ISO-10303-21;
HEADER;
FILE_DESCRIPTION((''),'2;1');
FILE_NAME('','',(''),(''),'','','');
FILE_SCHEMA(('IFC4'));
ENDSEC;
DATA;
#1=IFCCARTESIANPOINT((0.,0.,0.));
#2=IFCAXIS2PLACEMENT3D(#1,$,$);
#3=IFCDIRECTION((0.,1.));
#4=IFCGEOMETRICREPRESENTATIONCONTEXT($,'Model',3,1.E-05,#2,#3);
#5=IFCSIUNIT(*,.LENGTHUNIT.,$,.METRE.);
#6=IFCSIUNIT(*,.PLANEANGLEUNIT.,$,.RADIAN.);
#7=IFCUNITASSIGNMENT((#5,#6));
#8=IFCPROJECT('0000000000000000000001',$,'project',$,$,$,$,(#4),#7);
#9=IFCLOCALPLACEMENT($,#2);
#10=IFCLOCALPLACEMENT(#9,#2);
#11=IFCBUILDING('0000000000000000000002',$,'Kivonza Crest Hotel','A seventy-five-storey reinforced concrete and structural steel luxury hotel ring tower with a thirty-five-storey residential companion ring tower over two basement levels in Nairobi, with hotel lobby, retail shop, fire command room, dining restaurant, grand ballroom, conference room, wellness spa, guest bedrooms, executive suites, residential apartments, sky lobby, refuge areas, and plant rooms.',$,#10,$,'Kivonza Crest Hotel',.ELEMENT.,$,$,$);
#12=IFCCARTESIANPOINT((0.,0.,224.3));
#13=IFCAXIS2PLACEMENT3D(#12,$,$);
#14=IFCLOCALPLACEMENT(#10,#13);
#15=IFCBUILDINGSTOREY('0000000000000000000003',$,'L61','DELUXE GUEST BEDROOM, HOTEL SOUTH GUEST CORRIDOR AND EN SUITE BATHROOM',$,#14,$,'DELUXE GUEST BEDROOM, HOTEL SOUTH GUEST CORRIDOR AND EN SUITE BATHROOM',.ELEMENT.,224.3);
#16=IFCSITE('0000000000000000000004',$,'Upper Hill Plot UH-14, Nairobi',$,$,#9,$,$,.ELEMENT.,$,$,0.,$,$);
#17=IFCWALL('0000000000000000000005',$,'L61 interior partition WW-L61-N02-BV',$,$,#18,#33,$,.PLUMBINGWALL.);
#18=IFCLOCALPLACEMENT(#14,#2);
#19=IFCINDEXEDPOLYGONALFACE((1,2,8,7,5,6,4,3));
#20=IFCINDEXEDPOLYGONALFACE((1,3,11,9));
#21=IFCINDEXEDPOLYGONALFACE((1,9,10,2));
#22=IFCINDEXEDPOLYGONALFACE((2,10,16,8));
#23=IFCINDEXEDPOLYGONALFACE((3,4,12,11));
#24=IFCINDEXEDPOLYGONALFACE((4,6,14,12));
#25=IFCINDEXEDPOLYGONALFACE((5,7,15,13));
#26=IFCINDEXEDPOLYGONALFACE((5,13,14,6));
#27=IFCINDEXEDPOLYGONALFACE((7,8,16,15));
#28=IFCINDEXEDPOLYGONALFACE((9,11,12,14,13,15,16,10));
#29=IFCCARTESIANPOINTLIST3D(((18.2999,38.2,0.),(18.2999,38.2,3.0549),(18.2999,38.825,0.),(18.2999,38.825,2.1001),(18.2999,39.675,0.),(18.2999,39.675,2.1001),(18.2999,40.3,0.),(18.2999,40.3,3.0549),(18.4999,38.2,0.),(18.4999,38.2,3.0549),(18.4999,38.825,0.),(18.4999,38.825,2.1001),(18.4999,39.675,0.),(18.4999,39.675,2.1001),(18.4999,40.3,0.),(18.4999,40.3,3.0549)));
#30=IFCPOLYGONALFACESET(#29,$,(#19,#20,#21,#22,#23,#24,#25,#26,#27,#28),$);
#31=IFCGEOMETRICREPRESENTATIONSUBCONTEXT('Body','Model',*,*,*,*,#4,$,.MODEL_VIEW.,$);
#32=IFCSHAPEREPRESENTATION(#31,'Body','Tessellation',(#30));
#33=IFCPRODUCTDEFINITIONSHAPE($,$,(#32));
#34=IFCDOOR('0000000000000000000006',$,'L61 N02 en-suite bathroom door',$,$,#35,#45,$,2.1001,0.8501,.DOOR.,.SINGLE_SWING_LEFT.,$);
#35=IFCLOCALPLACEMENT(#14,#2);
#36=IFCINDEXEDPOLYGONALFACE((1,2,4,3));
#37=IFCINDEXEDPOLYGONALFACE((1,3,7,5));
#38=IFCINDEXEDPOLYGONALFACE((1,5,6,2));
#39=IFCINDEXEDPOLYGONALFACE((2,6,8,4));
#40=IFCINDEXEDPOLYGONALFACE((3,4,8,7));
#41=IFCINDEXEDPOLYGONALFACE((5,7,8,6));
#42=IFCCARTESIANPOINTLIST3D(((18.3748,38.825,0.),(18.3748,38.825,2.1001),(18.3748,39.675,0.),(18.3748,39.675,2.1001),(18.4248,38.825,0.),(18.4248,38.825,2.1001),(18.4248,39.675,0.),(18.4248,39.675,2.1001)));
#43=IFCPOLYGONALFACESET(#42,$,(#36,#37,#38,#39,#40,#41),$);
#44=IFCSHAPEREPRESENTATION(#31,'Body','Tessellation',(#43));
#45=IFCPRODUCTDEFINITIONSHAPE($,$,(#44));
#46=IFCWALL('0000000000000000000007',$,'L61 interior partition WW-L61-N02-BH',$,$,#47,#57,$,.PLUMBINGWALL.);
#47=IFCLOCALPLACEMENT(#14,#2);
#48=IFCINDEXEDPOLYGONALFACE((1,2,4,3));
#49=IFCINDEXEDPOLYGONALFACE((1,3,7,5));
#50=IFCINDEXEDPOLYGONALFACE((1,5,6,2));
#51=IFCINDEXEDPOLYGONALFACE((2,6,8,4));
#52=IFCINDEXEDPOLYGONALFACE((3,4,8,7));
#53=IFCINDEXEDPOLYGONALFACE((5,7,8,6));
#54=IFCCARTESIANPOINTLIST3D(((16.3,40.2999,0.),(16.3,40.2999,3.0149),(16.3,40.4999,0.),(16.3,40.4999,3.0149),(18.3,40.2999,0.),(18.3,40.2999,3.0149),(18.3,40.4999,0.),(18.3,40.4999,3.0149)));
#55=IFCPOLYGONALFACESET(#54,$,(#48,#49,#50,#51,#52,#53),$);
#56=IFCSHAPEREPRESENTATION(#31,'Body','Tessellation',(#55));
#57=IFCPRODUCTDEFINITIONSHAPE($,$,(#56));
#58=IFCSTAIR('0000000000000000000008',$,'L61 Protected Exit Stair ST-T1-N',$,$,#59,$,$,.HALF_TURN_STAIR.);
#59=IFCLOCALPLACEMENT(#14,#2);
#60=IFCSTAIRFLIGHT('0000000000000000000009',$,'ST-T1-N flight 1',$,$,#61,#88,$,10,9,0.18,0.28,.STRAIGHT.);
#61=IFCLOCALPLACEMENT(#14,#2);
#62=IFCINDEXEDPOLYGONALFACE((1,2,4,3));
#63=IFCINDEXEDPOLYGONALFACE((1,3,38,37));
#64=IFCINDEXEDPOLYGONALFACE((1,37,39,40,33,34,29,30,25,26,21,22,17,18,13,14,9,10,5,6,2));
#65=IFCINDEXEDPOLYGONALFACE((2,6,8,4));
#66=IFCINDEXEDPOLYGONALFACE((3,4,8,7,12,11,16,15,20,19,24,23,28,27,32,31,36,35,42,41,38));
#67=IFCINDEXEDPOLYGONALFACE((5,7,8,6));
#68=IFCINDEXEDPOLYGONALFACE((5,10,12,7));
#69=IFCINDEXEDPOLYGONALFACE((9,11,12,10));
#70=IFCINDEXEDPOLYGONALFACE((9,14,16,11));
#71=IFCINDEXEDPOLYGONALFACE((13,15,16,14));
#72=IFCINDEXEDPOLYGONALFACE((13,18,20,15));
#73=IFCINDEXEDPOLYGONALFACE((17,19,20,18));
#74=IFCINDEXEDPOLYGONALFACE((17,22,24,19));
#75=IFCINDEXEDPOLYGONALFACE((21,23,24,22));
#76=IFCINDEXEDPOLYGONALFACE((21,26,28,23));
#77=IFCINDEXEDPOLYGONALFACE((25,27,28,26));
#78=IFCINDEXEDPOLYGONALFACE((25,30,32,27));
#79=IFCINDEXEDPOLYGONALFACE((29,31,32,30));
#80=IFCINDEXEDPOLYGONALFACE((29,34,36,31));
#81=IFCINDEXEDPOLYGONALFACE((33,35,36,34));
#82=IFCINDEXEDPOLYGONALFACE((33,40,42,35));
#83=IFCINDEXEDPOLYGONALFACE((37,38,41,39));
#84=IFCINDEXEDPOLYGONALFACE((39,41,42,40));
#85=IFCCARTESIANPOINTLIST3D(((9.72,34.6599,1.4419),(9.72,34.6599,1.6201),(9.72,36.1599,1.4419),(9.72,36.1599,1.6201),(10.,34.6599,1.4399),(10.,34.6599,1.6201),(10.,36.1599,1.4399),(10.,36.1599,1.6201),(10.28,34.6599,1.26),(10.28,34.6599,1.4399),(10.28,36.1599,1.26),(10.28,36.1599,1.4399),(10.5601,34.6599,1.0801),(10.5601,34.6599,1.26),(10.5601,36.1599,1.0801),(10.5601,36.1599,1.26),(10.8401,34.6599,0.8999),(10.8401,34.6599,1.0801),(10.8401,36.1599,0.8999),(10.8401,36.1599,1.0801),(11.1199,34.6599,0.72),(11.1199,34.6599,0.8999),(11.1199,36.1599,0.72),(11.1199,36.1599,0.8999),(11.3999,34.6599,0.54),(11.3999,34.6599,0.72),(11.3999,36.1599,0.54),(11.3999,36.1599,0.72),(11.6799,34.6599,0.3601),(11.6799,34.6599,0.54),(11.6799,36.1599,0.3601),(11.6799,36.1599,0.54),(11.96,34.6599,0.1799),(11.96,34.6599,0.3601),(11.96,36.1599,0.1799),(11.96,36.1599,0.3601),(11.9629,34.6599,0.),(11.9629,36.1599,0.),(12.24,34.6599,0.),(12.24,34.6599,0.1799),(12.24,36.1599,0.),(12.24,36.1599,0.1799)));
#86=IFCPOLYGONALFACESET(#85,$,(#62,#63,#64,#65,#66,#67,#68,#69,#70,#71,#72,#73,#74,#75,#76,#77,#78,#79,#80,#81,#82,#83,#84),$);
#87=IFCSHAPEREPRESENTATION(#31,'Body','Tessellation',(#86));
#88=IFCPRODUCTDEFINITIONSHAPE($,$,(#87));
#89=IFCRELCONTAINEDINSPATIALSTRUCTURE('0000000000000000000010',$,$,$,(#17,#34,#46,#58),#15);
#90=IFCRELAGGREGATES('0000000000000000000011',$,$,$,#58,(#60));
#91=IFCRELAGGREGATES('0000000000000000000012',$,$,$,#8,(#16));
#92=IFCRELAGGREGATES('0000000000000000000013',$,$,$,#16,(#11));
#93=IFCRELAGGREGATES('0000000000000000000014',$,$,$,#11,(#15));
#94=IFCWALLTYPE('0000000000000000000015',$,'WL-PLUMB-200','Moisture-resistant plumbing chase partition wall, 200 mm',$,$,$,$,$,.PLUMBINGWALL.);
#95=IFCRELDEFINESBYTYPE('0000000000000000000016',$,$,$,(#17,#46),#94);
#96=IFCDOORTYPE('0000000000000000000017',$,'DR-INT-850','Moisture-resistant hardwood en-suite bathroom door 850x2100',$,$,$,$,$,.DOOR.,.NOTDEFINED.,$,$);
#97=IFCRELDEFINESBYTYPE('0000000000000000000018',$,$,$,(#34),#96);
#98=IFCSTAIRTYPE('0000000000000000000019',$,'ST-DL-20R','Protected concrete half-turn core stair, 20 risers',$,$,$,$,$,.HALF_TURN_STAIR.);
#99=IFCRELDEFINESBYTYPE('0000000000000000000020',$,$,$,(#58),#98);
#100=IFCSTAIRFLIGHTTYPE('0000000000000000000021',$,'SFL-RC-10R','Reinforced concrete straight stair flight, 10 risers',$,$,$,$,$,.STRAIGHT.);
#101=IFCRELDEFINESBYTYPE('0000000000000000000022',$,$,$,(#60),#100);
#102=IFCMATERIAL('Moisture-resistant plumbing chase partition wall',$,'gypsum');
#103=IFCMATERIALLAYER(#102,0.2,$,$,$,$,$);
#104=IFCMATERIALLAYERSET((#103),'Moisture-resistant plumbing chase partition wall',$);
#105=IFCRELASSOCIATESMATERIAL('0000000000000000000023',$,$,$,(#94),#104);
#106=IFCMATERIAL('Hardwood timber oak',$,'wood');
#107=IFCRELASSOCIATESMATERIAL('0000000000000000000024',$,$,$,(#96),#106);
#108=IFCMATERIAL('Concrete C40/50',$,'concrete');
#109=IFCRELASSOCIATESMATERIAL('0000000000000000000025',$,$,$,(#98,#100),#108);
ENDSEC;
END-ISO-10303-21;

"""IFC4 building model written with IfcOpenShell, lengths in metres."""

from ifc_helpers import new_model, si_unit, direction, frame, frame_2d, origin, place, context, subcontext, project, spatial, polyline, rectangle, outline, extrude, material, layer, layer_set, type_object, element, fill, aggregate, save


model = new_model("IFC4")

# Units and contexts
model_context = context("Model", 3, precision=1e-05, world=origin(), true_north=direction((0.0, 1.0)))
body_context = subcontext(model_context, "Body", "Model", "MODEL_VIEW")
ifc_project = project(units=[si_unit("LENGTHUNIT", "METRE"), si_unit("PLANEANGLEUNIT", "RADIAN")], contexts=[model_context])

# Site, building, storey
site_placement = place(None, origin())
site = spatial("IfcSite", under=ifc_project, at=site_placement, Name="Upper Hill Plot UH-14, Nairobi", CompositionType="ELEMENT", RefElevation=0.0)
building_placement = place(site_placement, origin())
building = spatial("IfcBuilding", under=site, at=building_placement, Name="Kivonza Crest Hotel", Description="A seventy-five-storey reinforced concrete and structural steel luxury hotel ring tower with a thirty-five-storey residential companion ring tower over two basement levels in Nairobi, with hotel lobby, retail shop, fire command room, dining restaurant, grand ballroom, conference room, wellness spa, guest bedrooms, executive suites, residential apartments, sky lobby, refuge areas, and plant rooms.", LongName="Kivonza Crest Hotel", CompositionType="ELEMENT")
storey_placement = place(building_placement, frame((0.0, 0.0, 224.3)))
storey = spatial("IfcBuildingStorey", under=building, at=storey_placement, Name="L61", Description="DELUXE GUEST BEDROOM, HOTEL SOUTH GUEST CORRIDOR AND EN SUITE BATHROOM", LongName="DELUXE GUEST BEDROOM, HOTEL SOUTH GUEST CORRIDOR AND EN SUITE BATHROOM", CompositionType="ELEMENT", Elevation=224.3)

# Shared definitions
ifc_material_1 = material(Name="Hardwood timber oak", Category="wood")

# Wall, opening, door
ifc_material_2 = material(Name="Moisture-resistant plumbing chase partition wall", Category="gypsum")
ifc_layer_1 = layer(ifc_material_2, 0.2)
ifc_layer_set_1 = layer_set([ifc_layer_1], Name="Moisture-resistant plumbing chase partition wall")
wall_type_1 = type_object("IfcWallType", Name="WL-PLUMB-200", Description="Moisture-resistant plumbing chase partition wall, 200 mm", PredefinedType="PLUMBINGWALL", material=ifc_layer_set_1)
door_type_1 = type_object("IfcDoorType", Name="DR-INT-850", Description="Moisture-resistant hardwood en-suite bathroom door 850x2100", OperationType="NOTDEFINED", PredefinedType="DOOR", material=ifc_material_1)
wall_1_placement = place(storey_placement, frame((18.3999, 38.2, 0.0), z_axis=(0.0, 0.0, 1.0), x_axis=(0.0, 1.0, 0.0)))
wall_1 = element("IfcWall", 1, at=wall_1_placement, inside=storey, type_object=wall_type_1, Name="L61 interior partition WW-L61-N02-BV", PredefinedType="PLUMBINGWALL", context=body_context, shape_type="SweptSolid", body=[
    extrude(rectangle(XDim=2.1001, YDim=0.2, at=frame_2d((1.05, 0.0))), origin(), (0.0, 0.0, 1.0), 3.0549),
])
opening_1_placement = place(wall_1_placement, frame((0.625, 0.0, 0.0)))
opening_1 = element("IfcOpeningElement", 2, at=opening_1_placement, cuts=wall_1, PredefinedType="OPENING", context=body_context, shape_type="SweptSolid", body=[
    extrude(rectangle(XDim=0.8501, YDim=2.1001, at=frame_2d((0.425, 1.05))), frame((0.0, 0.1099, 0.0), z_axis=(0.0, -1.0, 0.0), x_axis=(1.0, 0.0, 0.0)), (0.0, 0.0, 1.0), 0.22),
])
door_1_placement = place(opening_1_placement, frame((0.8501, 0.0, 0.0), z_axis=(0.0, 0.0, 1.0), x_axis=(-1.0, 0.0, 0.0)))
door_1 = element("IfcDoor", 3, at=door_1_placement, inside=storey, type_object=door_type_1, Name="L61 N02 en-suite bathroom door", OperationType="SINGLE_SWING_LEFT", OverallHeight=2.1001, OverallWidth=0.8501, PredefinedType="DOOR", context=body_context, shape_type="SweptSolid", body=[
    extrude(rectangle(XDim=0.8501, YDim=2.1001, at=frame_2d((0.425, 1.05))), frame((0.0, 0.0249, 0.0), z_axis=(0.0, -1.0, 0.0), x_axis=(1.0, 0.0, 0.0)), (0.0, 0.0, 1.0), 0.05),
])
fill(opening_1, door_1)

# Wall
wall_2_placement = place(storey_placement, frame((16.3, 40.3999, 0.0), z_axis=(0.0, 0.0, 1.0), x_axis=(1.0, 0.0, 0.0)))
element("IfcWall", 4, at=wall_2_placement, inside=storey, type_object=wall_type_1, Name="L61 interior partition WW-L61-N02-BH", PredefinedType="PLUMBINGWALL", context=body_context, shape_type="SweptSolid", body=[
    extrude(rectangle(XDim=2.0, YDim=0.2, at=frame_2d((1.0, 0.0))), origin(), (0.0, 0.0, 1.0), 3.0149),
])

# Stair, stair flight
ifc_material_3 = material(Name="Concrete C40/50", Category="concrete")
stair_type = type_object("IfcStairType", Name="ST-DL-20R", Description="Protected concrete half-turn core stair, 20 risers", PredefinedType="HALF_TURN_STAIR", material=ifc_material_3)
stair_placement = place(storey_placement, origin())
stair = element("IfcStair", 5, at=stair_placement, inside=storey, type_object=stair_type, Name="L61 Protected Exit Stair ST-T1-N", PredefinedType="HALF_TURN_STAIR")
stair_flight_type = type_object("IfcStairFlightType", Name="SFL-RC-10R", Description="Reinforced concrete straight stair flight, 10 risers", PredefinedType="STRAIGHT", material=ifc_material_3)
stair_flight_placement = place(storey_placement, frame((12.24, 35.4099, 0.0), z_axis=(0.0, 0.0, 1.0), x_axis=(-1.0, 0.0, 0.0)))
stair_flight = element("IfcStairFlight", 6, at=stair_flight_placement, type_object=stair_flight_type, Name="ST-T1-N flight 1", NumberOfRisers=10, NumberOfTreads=9, PredefinedType="STRAIGHT", RiserHeight=0.18, TreadLength=0.28, context=body_context, shape_type="SweptSolid", body=[
    extrude(outline(polyline([(0.0, 0.0), (0.0, 0.1799), (0.28, 0.1799), (0.28, 0.3601), (0.5601, 0.3601), (0.5601, 0.54), (0.8401, 0.54), (0.8401, 0.72), (1.1201, 0.72), (1.1201, 0.8999), (1.3999, 0.8999), (1.3999, 1.0801), (1.6799, 1.0801), (1.6799, 1.26), (1.96, 1.26), (1.96, 1.4399), (2.24, 1.4399), (2.24, 1.6201), (2.52, 1.6201), (2.52, 1.8), (2.52, 1.4419), (0.2771, 0.0), (0.0, 0.0)])), frame((0.0, 0.75, 0.0), z_axis=(0.0, -1.0, 0.0), x_axis=(1.0, 0.0, 0.0)), (0.0, 0.0, 1.0), 1.5),
])
aggregate(stair, [stair_flight])

save(model, "model.ifc")
